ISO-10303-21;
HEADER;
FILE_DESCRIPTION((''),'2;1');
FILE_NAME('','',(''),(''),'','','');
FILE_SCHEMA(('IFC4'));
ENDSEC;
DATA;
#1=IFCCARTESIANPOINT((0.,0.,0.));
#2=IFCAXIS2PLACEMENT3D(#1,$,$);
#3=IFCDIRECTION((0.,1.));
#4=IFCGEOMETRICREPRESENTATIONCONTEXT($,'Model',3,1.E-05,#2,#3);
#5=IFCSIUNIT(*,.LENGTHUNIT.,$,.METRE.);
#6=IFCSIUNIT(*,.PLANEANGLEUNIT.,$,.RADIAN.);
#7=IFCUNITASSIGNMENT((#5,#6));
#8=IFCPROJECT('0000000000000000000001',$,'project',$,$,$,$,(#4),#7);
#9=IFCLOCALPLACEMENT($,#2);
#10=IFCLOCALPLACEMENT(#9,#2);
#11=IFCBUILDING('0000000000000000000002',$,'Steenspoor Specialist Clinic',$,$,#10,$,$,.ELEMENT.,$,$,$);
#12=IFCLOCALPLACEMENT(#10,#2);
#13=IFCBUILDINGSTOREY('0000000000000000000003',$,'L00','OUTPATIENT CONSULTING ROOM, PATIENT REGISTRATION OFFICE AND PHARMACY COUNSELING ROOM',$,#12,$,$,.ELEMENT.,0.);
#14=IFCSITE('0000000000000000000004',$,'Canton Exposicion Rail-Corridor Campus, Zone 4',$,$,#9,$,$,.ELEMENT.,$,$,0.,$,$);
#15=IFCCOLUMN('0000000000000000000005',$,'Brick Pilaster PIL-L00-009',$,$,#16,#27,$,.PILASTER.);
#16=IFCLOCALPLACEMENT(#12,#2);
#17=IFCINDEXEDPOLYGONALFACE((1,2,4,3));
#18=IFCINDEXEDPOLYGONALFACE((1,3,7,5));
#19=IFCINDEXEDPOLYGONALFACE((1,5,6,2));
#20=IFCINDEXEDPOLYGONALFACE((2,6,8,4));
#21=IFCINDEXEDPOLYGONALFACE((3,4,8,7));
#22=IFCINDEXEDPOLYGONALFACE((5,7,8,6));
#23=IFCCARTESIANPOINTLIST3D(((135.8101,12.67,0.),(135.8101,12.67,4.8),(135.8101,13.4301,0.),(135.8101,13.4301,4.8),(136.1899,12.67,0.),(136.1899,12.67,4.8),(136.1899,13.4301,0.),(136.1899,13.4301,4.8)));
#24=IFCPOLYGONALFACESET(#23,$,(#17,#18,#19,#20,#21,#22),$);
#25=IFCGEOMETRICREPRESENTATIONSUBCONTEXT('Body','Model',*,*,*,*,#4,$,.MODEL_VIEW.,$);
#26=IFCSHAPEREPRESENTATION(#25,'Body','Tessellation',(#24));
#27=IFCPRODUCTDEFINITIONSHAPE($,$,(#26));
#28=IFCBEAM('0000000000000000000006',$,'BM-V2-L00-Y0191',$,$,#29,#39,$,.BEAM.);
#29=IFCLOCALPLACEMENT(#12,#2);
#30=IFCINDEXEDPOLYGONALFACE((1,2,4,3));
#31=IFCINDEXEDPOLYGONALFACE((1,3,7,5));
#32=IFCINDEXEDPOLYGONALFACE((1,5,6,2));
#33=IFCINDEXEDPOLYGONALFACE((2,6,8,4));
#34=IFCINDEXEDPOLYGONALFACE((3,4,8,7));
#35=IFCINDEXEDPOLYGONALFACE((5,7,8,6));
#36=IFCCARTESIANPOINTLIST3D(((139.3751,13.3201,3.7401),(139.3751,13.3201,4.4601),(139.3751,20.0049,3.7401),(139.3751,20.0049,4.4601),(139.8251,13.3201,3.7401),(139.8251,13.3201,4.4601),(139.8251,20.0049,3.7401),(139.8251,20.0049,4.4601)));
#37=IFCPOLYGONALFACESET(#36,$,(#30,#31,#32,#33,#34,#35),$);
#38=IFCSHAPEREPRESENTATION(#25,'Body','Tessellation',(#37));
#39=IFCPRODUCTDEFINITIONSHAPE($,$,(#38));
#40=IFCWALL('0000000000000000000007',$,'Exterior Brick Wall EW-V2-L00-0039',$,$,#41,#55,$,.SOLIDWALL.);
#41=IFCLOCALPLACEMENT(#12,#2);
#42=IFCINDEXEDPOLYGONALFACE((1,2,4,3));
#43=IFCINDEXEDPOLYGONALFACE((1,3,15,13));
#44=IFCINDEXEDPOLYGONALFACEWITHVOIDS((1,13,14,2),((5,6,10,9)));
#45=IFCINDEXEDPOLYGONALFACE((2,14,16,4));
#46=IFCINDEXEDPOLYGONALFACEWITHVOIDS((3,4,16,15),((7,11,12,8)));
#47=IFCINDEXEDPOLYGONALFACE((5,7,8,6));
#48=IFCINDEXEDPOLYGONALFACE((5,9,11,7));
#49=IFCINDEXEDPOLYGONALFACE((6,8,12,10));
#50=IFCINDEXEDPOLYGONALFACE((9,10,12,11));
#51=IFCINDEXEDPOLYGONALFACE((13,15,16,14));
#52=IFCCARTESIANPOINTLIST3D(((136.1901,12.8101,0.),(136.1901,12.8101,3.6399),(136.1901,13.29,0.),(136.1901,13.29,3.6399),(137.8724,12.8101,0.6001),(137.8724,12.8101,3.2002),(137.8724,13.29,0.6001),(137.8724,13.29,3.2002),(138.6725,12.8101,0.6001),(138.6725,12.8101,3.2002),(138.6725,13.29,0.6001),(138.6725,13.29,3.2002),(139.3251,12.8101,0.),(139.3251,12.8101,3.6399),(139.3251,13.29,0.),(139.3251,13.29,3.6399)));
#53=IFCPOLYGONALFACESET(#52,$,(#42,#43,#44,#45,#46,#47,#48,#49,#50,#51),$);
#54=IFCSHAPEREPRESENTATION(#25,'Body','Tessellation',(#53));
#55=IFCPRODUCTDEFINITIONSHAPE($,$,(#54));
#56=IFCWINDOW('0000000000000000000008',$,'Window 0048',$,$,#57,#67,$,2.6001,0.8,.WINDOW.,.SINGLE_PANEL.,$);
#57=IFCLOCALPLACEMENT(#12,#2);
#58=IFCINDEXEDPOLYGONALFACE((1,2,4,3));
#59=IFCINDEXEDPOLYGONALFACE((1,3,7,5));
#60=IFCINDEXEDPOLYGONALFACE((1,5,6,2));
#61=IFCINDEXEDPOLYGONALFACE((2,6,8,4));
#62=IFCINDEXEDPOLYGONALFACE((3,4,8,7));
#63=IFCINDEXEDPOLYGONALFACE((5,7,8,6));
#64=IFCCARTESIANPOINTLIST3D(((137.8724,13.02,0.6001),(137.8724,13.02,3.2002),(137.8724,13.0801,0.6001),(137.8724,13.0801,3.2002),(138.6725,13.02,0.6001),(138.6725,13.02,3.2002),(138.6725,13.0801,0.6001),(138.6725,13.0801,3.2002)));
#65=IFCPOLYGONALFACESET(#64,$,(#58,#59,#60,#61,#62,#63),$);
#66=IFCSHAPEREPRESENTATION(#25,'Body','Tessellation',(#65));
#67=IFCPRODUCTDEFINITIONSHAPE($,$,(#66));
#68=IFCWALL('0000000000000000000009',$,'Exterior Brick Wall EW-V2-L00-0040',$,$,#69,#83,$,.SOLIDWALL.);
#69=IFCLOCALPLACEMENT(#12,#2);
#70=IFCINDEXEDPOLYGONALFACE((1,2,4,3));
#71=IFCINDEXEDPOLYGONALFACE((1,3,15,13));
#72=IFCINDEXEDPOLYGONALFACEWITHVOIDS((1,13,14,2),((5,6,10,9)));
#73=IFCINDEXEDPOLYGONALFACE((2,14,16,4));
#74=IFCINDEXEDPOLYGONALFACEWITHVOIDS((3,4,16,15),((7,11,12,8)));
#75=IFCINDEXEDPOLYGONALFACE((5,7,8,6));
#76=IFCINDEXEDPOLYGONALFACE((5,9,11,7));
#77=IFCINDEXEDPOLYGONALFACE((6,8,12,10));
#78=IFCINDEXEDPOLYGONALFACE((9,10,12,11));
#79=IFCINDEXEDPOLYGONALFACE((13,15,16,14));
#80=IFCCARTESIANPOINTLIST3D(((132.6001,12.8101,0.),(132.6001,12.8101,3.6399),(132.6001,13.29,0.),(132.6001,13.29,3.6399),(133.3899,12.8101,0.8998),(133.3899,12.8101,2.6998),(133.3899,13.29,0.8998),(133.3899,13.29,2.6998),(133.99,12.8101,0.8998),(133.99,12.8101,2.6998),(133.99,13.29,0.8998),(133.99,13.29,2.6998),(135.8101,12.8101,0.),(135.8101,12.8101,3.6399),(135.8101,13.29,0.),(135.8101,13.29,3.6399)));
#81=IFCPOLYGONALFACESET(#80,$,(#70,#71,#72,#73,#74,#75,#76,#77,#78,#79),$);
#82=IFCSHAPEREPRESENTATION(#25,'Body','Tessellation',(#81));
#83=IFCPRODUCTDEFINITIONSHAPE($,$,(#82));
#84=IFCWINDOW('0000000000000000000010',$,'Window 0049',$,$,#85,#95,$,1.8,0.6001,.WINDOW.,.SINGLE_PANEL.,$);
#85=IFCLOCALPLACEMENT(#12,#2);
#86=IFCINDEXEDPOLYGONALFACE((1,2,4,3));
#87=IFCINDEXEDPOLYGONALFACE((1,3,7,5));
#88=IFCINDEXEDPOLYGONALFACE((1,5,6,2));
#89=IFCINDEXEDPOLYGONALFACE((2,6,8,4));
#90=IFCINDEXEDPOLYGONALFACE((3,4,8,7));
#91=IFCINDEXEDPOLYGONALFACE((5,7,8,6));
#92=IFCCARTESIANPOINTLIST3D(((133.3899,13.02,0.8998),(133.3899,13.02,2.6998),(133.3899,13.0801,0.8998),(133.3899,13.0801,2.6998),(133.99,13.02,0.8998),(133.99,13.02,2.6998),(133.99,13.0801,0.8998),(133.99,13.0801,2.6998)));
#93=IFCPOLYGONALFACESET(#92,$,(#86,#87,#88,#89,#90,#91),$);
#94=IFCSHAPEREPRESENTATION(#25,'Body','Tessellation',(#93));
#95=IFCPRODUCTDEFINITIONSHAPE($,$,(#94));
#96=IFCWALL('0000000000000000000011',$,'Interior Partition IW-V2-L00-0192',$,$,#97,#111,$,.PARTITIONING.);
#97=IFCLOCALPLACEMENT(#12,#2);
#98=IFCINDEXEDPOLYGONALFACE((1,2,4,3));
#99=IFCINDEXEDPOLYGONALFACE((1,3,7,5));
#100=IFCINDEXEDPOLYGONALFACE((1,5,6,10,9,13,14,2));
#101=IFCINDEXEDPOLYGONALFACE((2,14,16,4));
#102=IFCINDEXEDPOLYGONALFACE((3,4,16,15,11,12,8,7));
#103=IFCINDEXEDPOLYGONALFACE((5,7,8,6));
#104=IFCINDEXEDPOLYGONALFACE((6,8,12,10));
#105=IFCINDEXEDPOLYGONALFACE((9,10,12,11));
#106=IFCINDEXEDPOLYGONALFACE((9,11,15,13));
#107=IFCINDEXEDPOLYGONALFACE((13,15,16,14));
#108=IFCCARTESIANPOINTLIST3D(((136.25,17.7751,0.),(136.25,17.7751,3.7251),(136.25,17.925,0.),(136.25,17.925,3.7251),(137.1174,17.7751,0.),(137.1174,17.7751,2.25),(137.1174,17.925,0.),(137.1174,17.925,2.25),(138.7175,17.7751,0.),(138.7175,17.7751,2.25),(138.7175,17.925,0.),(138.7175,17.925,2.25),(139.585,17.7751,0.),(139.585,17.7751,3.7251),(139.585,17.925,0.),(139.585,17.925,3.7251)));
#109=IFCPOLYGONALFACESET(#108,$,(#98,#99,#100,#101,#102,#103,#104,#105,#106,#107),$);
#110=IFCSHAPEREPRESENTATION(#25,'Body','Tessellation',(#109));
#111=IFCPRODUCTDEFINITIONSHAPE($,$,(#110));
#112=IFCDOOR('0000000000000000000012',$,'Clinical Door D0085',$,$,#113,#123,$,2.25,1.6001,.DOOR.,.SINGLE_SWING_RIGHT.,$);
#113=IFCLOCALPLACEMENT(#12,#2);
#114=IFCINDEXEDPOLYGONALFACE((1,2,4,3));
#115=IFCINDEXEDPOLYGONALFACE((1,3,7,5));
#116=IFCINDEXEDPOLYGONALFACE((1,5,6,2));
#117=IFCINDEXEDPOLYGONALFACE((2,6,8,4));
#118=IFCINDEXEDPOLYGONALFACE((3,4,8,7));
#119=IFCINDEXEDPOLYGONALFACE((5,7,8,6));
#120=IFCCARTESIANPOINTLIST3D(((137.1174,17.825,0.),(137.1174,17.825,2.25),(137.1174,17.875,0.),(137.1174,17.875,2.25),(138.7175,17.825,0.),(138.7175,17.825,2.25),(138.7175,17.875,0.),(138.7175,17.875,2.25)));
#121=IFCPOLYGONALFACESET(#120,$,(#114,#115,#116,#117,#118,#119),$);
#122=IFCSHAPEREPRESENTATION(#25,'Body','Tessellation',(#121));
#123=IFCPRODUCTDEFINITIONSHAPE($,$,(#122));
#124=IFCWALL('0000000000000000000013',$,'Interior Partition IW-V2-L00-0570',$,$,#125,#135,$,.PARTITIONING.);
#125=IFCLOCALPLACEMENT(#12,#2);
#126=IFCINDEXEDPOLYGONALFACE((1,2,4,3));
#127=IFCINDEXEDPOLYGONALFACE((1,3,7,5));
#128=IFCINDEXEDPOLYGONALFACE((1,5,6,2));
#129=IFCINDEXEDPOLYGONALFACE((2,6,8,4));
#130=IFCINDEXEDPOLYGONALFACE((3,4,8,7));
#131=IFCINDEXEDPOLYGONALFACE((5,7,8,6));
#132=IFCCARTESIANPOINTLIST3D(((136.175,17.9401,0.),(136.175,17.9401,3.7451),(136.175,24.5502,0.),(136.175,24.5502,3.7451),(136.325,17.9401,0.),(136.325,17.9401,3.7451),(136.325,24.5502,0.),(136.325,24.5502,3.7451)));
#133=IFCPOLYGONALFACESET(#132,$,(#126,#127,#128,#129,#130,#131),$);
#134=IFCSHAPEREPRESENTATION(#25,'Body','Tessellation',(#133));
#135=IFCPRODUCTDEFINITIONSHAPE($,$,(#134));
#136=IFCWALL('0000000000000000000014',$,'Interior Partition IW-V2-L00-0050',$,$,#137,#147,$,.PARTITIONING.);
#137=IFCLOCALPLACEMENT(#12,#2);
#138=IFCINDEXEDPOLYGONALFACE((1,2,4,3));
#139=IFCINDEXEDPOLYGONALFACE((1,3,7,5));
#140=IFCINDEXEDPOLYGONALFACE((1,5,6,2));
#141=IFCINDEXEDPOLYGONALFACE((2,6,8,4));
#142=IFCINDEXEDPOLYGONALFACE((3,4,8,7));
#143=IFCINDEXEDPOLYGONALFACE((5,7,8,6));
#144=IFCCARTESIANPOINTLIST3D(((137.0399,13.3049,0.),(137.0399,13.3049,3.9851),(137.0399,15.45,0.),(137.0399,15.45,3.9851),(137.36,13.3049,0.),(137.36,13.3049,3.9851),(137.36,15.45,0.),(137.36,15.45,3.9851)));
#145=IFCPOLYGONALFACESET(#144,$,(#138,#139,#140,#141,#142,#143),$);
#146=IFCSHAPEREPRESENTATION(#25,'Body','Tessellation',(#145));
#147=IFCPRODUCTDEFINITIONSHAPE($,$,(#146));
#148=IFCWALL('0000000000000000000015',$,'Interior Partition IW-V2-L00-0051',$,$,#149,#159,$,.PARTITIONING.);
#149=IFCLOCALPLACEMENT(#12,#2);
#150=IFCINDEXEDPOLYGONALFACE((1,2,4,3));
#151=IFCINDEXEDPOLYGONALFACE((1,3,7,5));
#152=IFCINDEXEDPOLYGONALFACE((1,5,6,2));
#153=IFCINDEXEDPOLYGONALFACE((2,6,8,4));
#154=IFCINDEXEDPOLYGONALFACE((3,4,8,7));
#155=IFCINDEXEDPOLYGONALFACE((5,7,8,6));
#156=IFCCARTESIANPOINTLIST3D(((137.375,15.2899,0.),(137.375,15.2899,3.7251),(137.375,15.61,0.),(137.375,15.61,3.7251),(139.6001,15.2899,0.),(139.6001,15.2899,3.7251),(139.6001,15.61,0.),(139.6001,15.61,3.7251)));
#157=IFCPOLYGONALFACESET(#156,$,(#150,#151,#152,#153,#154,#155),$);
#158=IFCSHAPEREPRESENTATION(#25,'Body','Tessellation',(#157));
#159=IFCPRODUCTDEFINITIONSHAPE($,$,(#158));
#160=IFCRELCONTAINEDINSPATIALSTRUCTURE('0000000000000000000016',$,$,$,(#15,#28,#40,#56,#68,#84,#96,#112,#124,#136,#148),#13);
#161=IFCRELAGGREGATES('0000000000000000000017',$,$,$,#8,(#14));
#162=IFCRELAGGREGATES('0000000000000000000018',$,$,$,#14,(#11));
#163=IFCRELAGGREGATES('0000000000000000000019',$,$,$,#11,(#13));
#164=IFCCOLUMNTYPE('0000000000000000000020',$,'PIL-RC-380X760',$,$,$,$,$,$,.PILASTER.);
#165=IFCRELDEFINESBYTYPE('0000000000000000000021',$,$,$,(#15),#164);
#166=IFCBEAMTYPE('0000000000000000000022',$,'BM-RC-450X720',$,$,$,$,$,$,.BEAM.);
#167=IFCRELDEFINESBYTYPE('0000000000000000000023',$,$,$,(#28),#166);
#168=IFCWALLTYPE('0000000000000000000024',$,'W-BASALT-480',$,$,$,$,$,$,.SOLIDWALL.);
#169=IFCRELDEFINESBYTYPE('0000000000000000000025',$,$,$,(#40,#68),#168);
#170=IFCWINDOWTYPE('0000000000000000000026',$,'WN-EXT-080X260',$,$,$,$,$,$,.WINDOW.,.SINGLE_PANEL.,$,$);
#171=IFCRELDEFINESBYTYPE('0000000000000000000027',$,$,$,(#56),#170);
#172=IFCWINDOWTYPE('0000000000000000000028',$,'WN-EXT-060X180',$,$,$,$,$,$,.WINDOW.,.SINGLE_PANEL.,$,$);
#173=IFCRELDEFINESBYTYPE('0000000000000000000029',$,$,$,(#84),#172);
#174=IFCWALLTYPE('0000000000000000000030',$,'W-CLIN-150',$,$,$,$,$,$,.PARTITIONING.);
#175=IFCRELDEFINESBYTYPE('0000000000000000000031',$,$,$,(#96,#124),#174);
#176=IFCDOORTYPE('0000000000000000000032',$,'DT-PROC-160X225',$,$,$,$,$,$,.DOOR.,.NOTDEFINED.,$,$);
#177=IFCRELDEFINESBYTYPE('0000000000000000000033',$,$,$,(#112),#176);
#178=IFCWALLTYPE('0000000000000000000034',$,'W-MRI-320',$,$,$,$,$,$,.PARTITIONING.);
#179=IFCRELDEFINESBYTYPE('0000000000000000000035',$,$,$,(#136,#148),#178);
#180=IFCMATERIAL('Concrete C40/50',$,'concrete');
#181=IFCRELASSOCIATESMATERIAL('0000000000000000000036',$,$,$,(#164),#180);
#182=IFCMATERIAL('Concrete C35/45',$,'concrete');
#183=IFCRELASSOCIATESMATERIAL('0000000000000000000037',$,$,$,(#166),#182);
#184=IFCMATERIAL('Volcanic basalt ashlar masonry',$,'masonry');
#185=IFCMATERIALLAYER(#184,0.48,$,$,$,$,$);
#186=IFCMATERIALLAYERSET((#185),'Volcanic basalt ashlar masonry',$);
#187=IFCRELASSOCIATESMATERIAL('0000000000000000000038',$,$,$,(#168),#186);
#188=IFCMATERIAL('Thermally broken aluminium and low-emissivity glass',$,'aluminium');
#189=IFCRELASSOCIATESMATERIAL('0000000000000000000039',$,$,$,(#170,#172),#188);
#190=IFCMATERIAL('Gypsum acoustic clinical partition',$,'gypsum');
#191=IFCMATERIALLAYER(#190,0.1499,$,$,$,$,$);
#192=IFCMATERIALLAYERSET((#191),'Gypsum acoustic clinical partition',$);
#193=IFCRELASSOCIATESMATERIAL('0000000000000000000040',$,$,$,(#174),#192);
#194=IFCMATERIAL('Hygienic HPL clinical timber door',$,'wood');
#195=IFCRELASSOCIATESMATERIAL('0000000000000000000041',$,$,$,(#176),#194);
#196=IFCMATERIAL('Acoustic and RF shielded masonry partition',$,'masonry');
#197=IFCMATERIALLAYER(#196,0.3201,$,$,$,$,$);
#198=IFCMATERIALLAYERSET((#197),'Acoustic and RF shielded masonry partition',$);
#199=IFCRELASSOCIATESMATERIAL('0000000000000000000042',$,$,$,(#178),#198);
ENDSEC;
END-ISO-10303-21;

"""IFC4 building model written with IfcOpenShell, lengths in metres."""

from ifc_helpers import new_model, si_unit, direction, frame, frame_2d, origin, origin_2d, place, context, subcontext, project, spatial, rectangle, extrude, material, layer, layer_set, material_profile, profile_set, type_object, element, fill, save


model = new_model("IFC4")

# Units and contexts
model_context = context("Model", 3, precision=1e-05, world=origin(), true_north=direction((0.0, 1.0)))
body_context = subcontext(model_context, "Body", "Model", "MODEL_VIEW")
ifc_project = project(units=[si_unit("LENGTHUNIT", "METRE"), si_unit("PLANEANGLEUNIT", "RADIAN")], contexts=[model_context])

# Site, building, storey
site_placement = place(None, origin())
site = spatial("IfcSite", under=ifc_project, at=site_placement, Name="Canton Exposicion Rail-Corridor Campus, Zone 4", CompositionType="ELEMENT", RefElevation=0.0)
building_placement = place(site_placement, origin())
building = spatial("IfcBuilding", under=site, at=building_placement, Name="Steenspoor Specialist Clinic", CompositionType="ELEMENT")
storey_placement = place(building_placement, origin())
storey = spatial("IfcBuildingStorey", under=building, at=storey_placement, Name="L00", Description="OUTPATIENT CONSULTING ROOM, PATIENT REGISTRATION OFFICE AND PHARMACY COUNSELING ROOM", CompositionType="ELEMENT", Elevation=0.0)

# Shared definitions
ifc_material_1 = material(Name="Concrete C35/45", Category="concrete")

# Column
ifc_material_2 = material(Name="Concrete C40/50", Category="concrete")
ifc_material_profile_1 = material_profile(ifc_material_2, rectangle(XDim=0.3799, YDim=0.76, at=origin_2d()), Name="RC-PIL-380X760")
ifc_profile_set_1 = profile_set([ifc_material_profile_1], Name="Concrete C40/50")
column_type_1 = type_object("IfcColumnType", Name="PIL-RC-380X760", PredefinedType="PILASTER", material=ifc_profile_set_1)
column_1_placement = place(storey_placement, frame((136.0, 13.05, 0.0), z_axis=(0.0, 0.0, 1.0), x_axis=(1.0, 0.0, 0.0)))
element("IfcColumn", 1, at=column_1_placement, inside=storey, type_object=column_type_1, Name="Brick Pilaster PIL-L00-009", PredefinedType="PILASTER", context=body_context, shape_type="SweptSolid", body=[
    extrude(rectangle(XDim=0.3799, YDim=0.76, at=origin_2d()), origin(), (0.0, 0.0, 1.0), 4.8),
])

# Beam
ifc_material_profile_2 = material_profile(ifc_material_1, rectangle(XDim=0.45, YDim=0.72, at=origin_2d()), Name="RC-BM-450X720")
ifc_profile_set_2 = profile_set([ifc_material_profile_2], Name="Concrete C35/45")
beam_type = type_object("IfcBeamType", Name="BM-RC-450X720", PredefinedType="BEAM", material=ifc_profile_set_2)
beam_placement = place(storey_placement, frame((139.6001, 13.3201, 4.1001), z_axis=(0.0, 1.0, 0.0), x_axis=(-1.0, 0.0, 0.0)))
element("IfcBeam", 2, at=beam_placement, inside=storey, type_object=beam_type, Name="BM-V2-L00-Y0191", PredefinedType="BEAM", context=body_context, shape_type="SweptSolid", body=[
    extrude(rectangle(XDim=0.45, YDim=0.72, at=origin_2d()), origin(), (0.0, 0.0, 1.0), 6.6848),
])

# Walls, openings, windows
ifc_material_3 = material(Name="Volcanic basalt ashlar masonry", Category="masonry")
ifc_layer_1 = layer(ifc_material_3, 0.48)
ifc_layer_set_1 = layer_set([ifc_layer_1], Name="Volcanic basalt ashlar masonry")
wall_type_1 = type_object("IfcWallType", Name="W-BASALT-480", PredefinedType="SOLIDWALL", material=ifc_layer_set_1)
wall_1_placement = place(storey_placement, frame((139.325, 13.05, 0.0), z_axis=(0.0, 0.0, 1.0), x_axis=(-1.0, 0.0, 0.0)))
wall_1 = element("IfcWall", 3, at=wall_1_placement, inside=storey, type_object=wall_type_1, Name="Exterior Brick Wall EW-V2-L00-0039", PredefinedType="SOLIDWALL", context=body_context, shape_type="SweptSolid", body=[
    extrude(rectangle(XDim=3.135, YDim=0.48, at=frame_2d((1.5674, 0.0))), origin(), (0.0, 0.0, 1.0), 3.6399),
])
opening_1_placement = place(wall_1_placement, frame((0.6526, 0.0, 0.6001)))
opening_1 = element("IfcOpeningElement", 4, at=opening_1_placement, cuts=wall_1, PredefinedType="OPENING", context=body_context, shape_type="SweptSolid", body=[
    extrude(rectangle(XDim=0.8, YDim=2.6001, at=frame_2d((0.3999, 1.3))), frame((0.0, 0.25, 0.0), z_axis=(0.0, -1.0, 0.0), x_axis=(1.0, 0.0, 0.0)), (0.0, 0.0, 1.0), 0.5),
])
ifc_material_4 = material(Name="Thermally broken aluminium and low-emissivity glass", Category="aluminium")
window_type_1 = type_object("IfcWindowType", Name="WN-EXT-080X260", PartitioningType="SINGLE_PANEL", PredefinedType="WINDOW", material=ifc_material_4)
window_1_placement = place(opening_1_placement, origin())
window_1 = element("IfcWindow", 5, at=window_1_placement, inside=storey, type_object=window_type_1, Name="Window 0048", OverallHeight=2.6001, OverallWidth=0.8, PartitioningType="SINGLE_PANEL", PredefinedType="WINDOW", context=body_context, shape_type="SweptSolid", body=[
    extrude(rectangle(XDim=0.8, YDim=2.6001, at=frame_2d((0.3999, 1.3))), frame((0.0, 0.03, 0.0), z_axis=(0.0, -1.0, 0.0), x_axis=(1.0, 0.0, 0.0)), (0.0, 0.0, 1.0), 0.0601),
])
fill(opening_1, window_1)
wall_2_placement = place(storey_placement, frame((135.8101, 13.05, 0.0), z_axis=(0.0, 0.0, 1.0), x_axis=(-1.0, 0.0, 0.0)))
wall_2 = element("IfcWall", 6, at=wall_2_placement, inside=storey, type_object=wall_type_1, Name="Exterior Brick Wall EW-V2-L00-0040", PredefinedType="SOLIDWALL", context=body_context, shape_type="SweptSolid", body=[
    extrude(rectangle(XDim=3.21, YDim=0.48, at=frame_2d((1.605, 0.0))), origin(), (0.0, 0.0, 1.0), 3.6399),
])
opening_2_placement = place(wall_2_placement, frame((1.8201, 0.0, 0.8999)))
opening_2 = element("IfcOpeningElement", 7, at=opening_2_placement, cuts=wall_2, PredefinedType="OPENING", context=body_context, shape_type="SweptSolid", body=[
    extrude(rectangle(XDim=0.6001, YDim=1.8, at=frame_2d((0.3, 0.8999))), frame((0.0, 0.25, 0.0), z_axis=(0.0, -1.0, 0.0), x_axis=(1.0, 0.0, 0.0)), (0.0, 0.0, 1.0), 0.5),
])
window_type_2 = type_object("IfcWindowType", Name="WN-EXT-060X180", PartitioningType="SINGLE_PANEL", PredefinedType="WINDOW", material=ifc_material_4)
window_2_placement = place(opening_2_placement, origin())
window_2 = element("IfcWindow", 8, at=window_2_placement, inside=storey, type_object=window_type_2, Name="Window 0049", OverallHeight=1.8, OverallWidth=0.6001, PartitioningType="SINGLE_PANEL", PredefinedType="WINDOW", context=body_context, shape_type="SweptSolid", body=[
    extrude(rectangle(XDim=0.6001, YDim=1.8, at=frame_2d((0.3, 0.8999))), frame((0.0, 0.03, 0.0), z_axis=(0.0, -1.0, 0.0), x_axis=(1.0, 0.0, 0.0)), (0.0, 0.0, 1.0), 0.0601),
])
fill(opening_2, window_2)

# Wall, opening, door
ifc_material_5 = material(Name="Gypsum acoustic clinical partition", Category="gypsum")
ifc_layer_2 = layer(ifc_material_5, 0.1499)
ifc_layer_set_2 = layer_set([ifc_layer_2], Name="Gypsum acoustic clinical partition")
wall_type_2 = type_object("IfcWallType", Name="W-CLIN-150", PredefinedType="PARTITIONING", material=ifc_layer_set_2)
wall_3_placement = place(storey_placement, frame((136.25, 17.8501, 0.0), z_axis=(0.0, 0.0, 1.0), x_axis=(1.0, 0.0, 0.0)))
wall_3 = element("IfcWall", 9, at=wall_3_placement, inside=storey, type_object=wall_type_2, Name="Interior Partition IW-V2-L00-0192", PredefinedType="PARTITIONING", context=body_context, shape_type="SweptSolid", body=[
    extrude(rectangle(XDim=3.335, YDim=0.1499, at=frame_2d((1.6675, 0.0))), origin(), (0.0, 0.0, 1.0), 3.7251),
])
opening_3_placement = place(wall_3_placement, frame((0.8674, 0.0, 0.0)))
opening_3 = element("IfcOpeningElement", 10, at=opening_3_placement, cuts=wall_3, PredefinedType="OPENING", context=body_context, shape_type="SweptSolid", body=[
    extrude(rectangle(XDim=1.6001, YDim=2.25, at=frame_2d((0.8, 1.125))), frame((0.0, 0.085, 0.0), z_axis=(0.0, -1.0, 0.0), x_axis=(1.0, 0.0, 0.0)), (0.0, 0.0, 1.0), 0.1699),
])
ifc_material_6 = material(Name="Hygienic HPL clinical timber door", Category="wood")
door_type_1 = type_object("IfcDoorType", Name="DT-PROC-160X225", OperationType="NOTDEFINED", PredefinedType="DOOR", material=ifc_material_6)
door_1_placement = place(opening_3_placement, origin())
door_1 = element("IfcDoor", 11, at=door_1_placement, inside=storey, type_object=door_type_1, Name="Clinical Door D0085", OperationType="SINGLE_SWING_RIGHT", OverallHeight=2.25, OverallWidth=1.6001, PredefinedType="DOOR", context=body_context, shape_type="SweptSolid", body=[
    extrude(rectangle(XDim=1.6001, YDim=2.25, at=frame_2d((0.8, 1.125))), frame((0.0, 0.0249, 0.0), z_axis=(0.0, -1.0, 0.0), x_axis=(1.0, 0.0, 0.0)), (0.0, 0.0, 1.0), 0.05),
])
fill(opening_3, door_1)

# Walls
wall_4_placement = place(storey_placement, frame((136.25, 17.9399, 0.0), z_axis=(0.0, 0.0, 1.0), x_axis=(0.0, 1.0, 0.0)))
element("IfcWall", 12, at=wall_4_placement, inside=storey, type_object=wall_type_2, Name="Interior Partition IW-V2-L00-0570", PredefinedType="PARTITIONING", context=body_context, shape_type="SweptSolid", body=[
    extrude(rectangle(XDim=6.6101, YDim=0.1499, at=frame_2d((3.3052, 0.0))), origin(), (0.0, 0.0, 1.0), 3.7451),
])
ifc_material_7 = material(Name="Acoustic and RF shielded masonry partition", Category="masonry")
ifc_layer_3 = layer(ifc_material_7, 0.3201)
ifc_layer_set_3 = layer_set([ifc_layer_3], Name="Acoustic and RF shielded masonry partition")
wall_type_3 = type_object("IfcWallType", Name="W-MRI-320", PredefinedType="PARTITIONING", material=ifc_layer_set_3)
wall_5_placement = place(storey_placement, frame((137.2, 13.3049, 0.0), z_axis=(0.0, 0.0, 1.0), x_axis=(0.0, 1.0, 0.0)))
element("IfcWall", 13, at=wall_5_placement, inside=storey, type_object=wall_type_3, Name="Interior Partition IW-V2-L00-0050", PredefinedType="PARTITIONING", context=body_context, shape_type="SweptSolid", body=[
    extrude(rectangle(XDim=2.145, YDim=0.3201, at=frame_2d((1.0725, 0.0))), origin(), (0.0, 0.0, 1.0), 3.9851),
])
wall_6_placement = place(storey_placement, frame((137.375, 15.45, 0.0), z_axis=(0.0, 0.0, 1.0), x_axis=(1.0, 0.0, 0.0)))
element("IfcWall", 14, at=wall_6_placement, inside=storey, type_object=wall_type_3, Name="Interior Partition IW-V2-L00-0051", PredefinedType="PARTITIONING", context=body_context, shape_type="SweptSolid", body=[
    extrude(rectangle(XDim=2.2251, YDim=0.3201, at=frame_2d((1.1125, 0.0))), origin(), (0.0, 0.0, 1.0), 3.7251),
])

save(model, "model.ifc")
